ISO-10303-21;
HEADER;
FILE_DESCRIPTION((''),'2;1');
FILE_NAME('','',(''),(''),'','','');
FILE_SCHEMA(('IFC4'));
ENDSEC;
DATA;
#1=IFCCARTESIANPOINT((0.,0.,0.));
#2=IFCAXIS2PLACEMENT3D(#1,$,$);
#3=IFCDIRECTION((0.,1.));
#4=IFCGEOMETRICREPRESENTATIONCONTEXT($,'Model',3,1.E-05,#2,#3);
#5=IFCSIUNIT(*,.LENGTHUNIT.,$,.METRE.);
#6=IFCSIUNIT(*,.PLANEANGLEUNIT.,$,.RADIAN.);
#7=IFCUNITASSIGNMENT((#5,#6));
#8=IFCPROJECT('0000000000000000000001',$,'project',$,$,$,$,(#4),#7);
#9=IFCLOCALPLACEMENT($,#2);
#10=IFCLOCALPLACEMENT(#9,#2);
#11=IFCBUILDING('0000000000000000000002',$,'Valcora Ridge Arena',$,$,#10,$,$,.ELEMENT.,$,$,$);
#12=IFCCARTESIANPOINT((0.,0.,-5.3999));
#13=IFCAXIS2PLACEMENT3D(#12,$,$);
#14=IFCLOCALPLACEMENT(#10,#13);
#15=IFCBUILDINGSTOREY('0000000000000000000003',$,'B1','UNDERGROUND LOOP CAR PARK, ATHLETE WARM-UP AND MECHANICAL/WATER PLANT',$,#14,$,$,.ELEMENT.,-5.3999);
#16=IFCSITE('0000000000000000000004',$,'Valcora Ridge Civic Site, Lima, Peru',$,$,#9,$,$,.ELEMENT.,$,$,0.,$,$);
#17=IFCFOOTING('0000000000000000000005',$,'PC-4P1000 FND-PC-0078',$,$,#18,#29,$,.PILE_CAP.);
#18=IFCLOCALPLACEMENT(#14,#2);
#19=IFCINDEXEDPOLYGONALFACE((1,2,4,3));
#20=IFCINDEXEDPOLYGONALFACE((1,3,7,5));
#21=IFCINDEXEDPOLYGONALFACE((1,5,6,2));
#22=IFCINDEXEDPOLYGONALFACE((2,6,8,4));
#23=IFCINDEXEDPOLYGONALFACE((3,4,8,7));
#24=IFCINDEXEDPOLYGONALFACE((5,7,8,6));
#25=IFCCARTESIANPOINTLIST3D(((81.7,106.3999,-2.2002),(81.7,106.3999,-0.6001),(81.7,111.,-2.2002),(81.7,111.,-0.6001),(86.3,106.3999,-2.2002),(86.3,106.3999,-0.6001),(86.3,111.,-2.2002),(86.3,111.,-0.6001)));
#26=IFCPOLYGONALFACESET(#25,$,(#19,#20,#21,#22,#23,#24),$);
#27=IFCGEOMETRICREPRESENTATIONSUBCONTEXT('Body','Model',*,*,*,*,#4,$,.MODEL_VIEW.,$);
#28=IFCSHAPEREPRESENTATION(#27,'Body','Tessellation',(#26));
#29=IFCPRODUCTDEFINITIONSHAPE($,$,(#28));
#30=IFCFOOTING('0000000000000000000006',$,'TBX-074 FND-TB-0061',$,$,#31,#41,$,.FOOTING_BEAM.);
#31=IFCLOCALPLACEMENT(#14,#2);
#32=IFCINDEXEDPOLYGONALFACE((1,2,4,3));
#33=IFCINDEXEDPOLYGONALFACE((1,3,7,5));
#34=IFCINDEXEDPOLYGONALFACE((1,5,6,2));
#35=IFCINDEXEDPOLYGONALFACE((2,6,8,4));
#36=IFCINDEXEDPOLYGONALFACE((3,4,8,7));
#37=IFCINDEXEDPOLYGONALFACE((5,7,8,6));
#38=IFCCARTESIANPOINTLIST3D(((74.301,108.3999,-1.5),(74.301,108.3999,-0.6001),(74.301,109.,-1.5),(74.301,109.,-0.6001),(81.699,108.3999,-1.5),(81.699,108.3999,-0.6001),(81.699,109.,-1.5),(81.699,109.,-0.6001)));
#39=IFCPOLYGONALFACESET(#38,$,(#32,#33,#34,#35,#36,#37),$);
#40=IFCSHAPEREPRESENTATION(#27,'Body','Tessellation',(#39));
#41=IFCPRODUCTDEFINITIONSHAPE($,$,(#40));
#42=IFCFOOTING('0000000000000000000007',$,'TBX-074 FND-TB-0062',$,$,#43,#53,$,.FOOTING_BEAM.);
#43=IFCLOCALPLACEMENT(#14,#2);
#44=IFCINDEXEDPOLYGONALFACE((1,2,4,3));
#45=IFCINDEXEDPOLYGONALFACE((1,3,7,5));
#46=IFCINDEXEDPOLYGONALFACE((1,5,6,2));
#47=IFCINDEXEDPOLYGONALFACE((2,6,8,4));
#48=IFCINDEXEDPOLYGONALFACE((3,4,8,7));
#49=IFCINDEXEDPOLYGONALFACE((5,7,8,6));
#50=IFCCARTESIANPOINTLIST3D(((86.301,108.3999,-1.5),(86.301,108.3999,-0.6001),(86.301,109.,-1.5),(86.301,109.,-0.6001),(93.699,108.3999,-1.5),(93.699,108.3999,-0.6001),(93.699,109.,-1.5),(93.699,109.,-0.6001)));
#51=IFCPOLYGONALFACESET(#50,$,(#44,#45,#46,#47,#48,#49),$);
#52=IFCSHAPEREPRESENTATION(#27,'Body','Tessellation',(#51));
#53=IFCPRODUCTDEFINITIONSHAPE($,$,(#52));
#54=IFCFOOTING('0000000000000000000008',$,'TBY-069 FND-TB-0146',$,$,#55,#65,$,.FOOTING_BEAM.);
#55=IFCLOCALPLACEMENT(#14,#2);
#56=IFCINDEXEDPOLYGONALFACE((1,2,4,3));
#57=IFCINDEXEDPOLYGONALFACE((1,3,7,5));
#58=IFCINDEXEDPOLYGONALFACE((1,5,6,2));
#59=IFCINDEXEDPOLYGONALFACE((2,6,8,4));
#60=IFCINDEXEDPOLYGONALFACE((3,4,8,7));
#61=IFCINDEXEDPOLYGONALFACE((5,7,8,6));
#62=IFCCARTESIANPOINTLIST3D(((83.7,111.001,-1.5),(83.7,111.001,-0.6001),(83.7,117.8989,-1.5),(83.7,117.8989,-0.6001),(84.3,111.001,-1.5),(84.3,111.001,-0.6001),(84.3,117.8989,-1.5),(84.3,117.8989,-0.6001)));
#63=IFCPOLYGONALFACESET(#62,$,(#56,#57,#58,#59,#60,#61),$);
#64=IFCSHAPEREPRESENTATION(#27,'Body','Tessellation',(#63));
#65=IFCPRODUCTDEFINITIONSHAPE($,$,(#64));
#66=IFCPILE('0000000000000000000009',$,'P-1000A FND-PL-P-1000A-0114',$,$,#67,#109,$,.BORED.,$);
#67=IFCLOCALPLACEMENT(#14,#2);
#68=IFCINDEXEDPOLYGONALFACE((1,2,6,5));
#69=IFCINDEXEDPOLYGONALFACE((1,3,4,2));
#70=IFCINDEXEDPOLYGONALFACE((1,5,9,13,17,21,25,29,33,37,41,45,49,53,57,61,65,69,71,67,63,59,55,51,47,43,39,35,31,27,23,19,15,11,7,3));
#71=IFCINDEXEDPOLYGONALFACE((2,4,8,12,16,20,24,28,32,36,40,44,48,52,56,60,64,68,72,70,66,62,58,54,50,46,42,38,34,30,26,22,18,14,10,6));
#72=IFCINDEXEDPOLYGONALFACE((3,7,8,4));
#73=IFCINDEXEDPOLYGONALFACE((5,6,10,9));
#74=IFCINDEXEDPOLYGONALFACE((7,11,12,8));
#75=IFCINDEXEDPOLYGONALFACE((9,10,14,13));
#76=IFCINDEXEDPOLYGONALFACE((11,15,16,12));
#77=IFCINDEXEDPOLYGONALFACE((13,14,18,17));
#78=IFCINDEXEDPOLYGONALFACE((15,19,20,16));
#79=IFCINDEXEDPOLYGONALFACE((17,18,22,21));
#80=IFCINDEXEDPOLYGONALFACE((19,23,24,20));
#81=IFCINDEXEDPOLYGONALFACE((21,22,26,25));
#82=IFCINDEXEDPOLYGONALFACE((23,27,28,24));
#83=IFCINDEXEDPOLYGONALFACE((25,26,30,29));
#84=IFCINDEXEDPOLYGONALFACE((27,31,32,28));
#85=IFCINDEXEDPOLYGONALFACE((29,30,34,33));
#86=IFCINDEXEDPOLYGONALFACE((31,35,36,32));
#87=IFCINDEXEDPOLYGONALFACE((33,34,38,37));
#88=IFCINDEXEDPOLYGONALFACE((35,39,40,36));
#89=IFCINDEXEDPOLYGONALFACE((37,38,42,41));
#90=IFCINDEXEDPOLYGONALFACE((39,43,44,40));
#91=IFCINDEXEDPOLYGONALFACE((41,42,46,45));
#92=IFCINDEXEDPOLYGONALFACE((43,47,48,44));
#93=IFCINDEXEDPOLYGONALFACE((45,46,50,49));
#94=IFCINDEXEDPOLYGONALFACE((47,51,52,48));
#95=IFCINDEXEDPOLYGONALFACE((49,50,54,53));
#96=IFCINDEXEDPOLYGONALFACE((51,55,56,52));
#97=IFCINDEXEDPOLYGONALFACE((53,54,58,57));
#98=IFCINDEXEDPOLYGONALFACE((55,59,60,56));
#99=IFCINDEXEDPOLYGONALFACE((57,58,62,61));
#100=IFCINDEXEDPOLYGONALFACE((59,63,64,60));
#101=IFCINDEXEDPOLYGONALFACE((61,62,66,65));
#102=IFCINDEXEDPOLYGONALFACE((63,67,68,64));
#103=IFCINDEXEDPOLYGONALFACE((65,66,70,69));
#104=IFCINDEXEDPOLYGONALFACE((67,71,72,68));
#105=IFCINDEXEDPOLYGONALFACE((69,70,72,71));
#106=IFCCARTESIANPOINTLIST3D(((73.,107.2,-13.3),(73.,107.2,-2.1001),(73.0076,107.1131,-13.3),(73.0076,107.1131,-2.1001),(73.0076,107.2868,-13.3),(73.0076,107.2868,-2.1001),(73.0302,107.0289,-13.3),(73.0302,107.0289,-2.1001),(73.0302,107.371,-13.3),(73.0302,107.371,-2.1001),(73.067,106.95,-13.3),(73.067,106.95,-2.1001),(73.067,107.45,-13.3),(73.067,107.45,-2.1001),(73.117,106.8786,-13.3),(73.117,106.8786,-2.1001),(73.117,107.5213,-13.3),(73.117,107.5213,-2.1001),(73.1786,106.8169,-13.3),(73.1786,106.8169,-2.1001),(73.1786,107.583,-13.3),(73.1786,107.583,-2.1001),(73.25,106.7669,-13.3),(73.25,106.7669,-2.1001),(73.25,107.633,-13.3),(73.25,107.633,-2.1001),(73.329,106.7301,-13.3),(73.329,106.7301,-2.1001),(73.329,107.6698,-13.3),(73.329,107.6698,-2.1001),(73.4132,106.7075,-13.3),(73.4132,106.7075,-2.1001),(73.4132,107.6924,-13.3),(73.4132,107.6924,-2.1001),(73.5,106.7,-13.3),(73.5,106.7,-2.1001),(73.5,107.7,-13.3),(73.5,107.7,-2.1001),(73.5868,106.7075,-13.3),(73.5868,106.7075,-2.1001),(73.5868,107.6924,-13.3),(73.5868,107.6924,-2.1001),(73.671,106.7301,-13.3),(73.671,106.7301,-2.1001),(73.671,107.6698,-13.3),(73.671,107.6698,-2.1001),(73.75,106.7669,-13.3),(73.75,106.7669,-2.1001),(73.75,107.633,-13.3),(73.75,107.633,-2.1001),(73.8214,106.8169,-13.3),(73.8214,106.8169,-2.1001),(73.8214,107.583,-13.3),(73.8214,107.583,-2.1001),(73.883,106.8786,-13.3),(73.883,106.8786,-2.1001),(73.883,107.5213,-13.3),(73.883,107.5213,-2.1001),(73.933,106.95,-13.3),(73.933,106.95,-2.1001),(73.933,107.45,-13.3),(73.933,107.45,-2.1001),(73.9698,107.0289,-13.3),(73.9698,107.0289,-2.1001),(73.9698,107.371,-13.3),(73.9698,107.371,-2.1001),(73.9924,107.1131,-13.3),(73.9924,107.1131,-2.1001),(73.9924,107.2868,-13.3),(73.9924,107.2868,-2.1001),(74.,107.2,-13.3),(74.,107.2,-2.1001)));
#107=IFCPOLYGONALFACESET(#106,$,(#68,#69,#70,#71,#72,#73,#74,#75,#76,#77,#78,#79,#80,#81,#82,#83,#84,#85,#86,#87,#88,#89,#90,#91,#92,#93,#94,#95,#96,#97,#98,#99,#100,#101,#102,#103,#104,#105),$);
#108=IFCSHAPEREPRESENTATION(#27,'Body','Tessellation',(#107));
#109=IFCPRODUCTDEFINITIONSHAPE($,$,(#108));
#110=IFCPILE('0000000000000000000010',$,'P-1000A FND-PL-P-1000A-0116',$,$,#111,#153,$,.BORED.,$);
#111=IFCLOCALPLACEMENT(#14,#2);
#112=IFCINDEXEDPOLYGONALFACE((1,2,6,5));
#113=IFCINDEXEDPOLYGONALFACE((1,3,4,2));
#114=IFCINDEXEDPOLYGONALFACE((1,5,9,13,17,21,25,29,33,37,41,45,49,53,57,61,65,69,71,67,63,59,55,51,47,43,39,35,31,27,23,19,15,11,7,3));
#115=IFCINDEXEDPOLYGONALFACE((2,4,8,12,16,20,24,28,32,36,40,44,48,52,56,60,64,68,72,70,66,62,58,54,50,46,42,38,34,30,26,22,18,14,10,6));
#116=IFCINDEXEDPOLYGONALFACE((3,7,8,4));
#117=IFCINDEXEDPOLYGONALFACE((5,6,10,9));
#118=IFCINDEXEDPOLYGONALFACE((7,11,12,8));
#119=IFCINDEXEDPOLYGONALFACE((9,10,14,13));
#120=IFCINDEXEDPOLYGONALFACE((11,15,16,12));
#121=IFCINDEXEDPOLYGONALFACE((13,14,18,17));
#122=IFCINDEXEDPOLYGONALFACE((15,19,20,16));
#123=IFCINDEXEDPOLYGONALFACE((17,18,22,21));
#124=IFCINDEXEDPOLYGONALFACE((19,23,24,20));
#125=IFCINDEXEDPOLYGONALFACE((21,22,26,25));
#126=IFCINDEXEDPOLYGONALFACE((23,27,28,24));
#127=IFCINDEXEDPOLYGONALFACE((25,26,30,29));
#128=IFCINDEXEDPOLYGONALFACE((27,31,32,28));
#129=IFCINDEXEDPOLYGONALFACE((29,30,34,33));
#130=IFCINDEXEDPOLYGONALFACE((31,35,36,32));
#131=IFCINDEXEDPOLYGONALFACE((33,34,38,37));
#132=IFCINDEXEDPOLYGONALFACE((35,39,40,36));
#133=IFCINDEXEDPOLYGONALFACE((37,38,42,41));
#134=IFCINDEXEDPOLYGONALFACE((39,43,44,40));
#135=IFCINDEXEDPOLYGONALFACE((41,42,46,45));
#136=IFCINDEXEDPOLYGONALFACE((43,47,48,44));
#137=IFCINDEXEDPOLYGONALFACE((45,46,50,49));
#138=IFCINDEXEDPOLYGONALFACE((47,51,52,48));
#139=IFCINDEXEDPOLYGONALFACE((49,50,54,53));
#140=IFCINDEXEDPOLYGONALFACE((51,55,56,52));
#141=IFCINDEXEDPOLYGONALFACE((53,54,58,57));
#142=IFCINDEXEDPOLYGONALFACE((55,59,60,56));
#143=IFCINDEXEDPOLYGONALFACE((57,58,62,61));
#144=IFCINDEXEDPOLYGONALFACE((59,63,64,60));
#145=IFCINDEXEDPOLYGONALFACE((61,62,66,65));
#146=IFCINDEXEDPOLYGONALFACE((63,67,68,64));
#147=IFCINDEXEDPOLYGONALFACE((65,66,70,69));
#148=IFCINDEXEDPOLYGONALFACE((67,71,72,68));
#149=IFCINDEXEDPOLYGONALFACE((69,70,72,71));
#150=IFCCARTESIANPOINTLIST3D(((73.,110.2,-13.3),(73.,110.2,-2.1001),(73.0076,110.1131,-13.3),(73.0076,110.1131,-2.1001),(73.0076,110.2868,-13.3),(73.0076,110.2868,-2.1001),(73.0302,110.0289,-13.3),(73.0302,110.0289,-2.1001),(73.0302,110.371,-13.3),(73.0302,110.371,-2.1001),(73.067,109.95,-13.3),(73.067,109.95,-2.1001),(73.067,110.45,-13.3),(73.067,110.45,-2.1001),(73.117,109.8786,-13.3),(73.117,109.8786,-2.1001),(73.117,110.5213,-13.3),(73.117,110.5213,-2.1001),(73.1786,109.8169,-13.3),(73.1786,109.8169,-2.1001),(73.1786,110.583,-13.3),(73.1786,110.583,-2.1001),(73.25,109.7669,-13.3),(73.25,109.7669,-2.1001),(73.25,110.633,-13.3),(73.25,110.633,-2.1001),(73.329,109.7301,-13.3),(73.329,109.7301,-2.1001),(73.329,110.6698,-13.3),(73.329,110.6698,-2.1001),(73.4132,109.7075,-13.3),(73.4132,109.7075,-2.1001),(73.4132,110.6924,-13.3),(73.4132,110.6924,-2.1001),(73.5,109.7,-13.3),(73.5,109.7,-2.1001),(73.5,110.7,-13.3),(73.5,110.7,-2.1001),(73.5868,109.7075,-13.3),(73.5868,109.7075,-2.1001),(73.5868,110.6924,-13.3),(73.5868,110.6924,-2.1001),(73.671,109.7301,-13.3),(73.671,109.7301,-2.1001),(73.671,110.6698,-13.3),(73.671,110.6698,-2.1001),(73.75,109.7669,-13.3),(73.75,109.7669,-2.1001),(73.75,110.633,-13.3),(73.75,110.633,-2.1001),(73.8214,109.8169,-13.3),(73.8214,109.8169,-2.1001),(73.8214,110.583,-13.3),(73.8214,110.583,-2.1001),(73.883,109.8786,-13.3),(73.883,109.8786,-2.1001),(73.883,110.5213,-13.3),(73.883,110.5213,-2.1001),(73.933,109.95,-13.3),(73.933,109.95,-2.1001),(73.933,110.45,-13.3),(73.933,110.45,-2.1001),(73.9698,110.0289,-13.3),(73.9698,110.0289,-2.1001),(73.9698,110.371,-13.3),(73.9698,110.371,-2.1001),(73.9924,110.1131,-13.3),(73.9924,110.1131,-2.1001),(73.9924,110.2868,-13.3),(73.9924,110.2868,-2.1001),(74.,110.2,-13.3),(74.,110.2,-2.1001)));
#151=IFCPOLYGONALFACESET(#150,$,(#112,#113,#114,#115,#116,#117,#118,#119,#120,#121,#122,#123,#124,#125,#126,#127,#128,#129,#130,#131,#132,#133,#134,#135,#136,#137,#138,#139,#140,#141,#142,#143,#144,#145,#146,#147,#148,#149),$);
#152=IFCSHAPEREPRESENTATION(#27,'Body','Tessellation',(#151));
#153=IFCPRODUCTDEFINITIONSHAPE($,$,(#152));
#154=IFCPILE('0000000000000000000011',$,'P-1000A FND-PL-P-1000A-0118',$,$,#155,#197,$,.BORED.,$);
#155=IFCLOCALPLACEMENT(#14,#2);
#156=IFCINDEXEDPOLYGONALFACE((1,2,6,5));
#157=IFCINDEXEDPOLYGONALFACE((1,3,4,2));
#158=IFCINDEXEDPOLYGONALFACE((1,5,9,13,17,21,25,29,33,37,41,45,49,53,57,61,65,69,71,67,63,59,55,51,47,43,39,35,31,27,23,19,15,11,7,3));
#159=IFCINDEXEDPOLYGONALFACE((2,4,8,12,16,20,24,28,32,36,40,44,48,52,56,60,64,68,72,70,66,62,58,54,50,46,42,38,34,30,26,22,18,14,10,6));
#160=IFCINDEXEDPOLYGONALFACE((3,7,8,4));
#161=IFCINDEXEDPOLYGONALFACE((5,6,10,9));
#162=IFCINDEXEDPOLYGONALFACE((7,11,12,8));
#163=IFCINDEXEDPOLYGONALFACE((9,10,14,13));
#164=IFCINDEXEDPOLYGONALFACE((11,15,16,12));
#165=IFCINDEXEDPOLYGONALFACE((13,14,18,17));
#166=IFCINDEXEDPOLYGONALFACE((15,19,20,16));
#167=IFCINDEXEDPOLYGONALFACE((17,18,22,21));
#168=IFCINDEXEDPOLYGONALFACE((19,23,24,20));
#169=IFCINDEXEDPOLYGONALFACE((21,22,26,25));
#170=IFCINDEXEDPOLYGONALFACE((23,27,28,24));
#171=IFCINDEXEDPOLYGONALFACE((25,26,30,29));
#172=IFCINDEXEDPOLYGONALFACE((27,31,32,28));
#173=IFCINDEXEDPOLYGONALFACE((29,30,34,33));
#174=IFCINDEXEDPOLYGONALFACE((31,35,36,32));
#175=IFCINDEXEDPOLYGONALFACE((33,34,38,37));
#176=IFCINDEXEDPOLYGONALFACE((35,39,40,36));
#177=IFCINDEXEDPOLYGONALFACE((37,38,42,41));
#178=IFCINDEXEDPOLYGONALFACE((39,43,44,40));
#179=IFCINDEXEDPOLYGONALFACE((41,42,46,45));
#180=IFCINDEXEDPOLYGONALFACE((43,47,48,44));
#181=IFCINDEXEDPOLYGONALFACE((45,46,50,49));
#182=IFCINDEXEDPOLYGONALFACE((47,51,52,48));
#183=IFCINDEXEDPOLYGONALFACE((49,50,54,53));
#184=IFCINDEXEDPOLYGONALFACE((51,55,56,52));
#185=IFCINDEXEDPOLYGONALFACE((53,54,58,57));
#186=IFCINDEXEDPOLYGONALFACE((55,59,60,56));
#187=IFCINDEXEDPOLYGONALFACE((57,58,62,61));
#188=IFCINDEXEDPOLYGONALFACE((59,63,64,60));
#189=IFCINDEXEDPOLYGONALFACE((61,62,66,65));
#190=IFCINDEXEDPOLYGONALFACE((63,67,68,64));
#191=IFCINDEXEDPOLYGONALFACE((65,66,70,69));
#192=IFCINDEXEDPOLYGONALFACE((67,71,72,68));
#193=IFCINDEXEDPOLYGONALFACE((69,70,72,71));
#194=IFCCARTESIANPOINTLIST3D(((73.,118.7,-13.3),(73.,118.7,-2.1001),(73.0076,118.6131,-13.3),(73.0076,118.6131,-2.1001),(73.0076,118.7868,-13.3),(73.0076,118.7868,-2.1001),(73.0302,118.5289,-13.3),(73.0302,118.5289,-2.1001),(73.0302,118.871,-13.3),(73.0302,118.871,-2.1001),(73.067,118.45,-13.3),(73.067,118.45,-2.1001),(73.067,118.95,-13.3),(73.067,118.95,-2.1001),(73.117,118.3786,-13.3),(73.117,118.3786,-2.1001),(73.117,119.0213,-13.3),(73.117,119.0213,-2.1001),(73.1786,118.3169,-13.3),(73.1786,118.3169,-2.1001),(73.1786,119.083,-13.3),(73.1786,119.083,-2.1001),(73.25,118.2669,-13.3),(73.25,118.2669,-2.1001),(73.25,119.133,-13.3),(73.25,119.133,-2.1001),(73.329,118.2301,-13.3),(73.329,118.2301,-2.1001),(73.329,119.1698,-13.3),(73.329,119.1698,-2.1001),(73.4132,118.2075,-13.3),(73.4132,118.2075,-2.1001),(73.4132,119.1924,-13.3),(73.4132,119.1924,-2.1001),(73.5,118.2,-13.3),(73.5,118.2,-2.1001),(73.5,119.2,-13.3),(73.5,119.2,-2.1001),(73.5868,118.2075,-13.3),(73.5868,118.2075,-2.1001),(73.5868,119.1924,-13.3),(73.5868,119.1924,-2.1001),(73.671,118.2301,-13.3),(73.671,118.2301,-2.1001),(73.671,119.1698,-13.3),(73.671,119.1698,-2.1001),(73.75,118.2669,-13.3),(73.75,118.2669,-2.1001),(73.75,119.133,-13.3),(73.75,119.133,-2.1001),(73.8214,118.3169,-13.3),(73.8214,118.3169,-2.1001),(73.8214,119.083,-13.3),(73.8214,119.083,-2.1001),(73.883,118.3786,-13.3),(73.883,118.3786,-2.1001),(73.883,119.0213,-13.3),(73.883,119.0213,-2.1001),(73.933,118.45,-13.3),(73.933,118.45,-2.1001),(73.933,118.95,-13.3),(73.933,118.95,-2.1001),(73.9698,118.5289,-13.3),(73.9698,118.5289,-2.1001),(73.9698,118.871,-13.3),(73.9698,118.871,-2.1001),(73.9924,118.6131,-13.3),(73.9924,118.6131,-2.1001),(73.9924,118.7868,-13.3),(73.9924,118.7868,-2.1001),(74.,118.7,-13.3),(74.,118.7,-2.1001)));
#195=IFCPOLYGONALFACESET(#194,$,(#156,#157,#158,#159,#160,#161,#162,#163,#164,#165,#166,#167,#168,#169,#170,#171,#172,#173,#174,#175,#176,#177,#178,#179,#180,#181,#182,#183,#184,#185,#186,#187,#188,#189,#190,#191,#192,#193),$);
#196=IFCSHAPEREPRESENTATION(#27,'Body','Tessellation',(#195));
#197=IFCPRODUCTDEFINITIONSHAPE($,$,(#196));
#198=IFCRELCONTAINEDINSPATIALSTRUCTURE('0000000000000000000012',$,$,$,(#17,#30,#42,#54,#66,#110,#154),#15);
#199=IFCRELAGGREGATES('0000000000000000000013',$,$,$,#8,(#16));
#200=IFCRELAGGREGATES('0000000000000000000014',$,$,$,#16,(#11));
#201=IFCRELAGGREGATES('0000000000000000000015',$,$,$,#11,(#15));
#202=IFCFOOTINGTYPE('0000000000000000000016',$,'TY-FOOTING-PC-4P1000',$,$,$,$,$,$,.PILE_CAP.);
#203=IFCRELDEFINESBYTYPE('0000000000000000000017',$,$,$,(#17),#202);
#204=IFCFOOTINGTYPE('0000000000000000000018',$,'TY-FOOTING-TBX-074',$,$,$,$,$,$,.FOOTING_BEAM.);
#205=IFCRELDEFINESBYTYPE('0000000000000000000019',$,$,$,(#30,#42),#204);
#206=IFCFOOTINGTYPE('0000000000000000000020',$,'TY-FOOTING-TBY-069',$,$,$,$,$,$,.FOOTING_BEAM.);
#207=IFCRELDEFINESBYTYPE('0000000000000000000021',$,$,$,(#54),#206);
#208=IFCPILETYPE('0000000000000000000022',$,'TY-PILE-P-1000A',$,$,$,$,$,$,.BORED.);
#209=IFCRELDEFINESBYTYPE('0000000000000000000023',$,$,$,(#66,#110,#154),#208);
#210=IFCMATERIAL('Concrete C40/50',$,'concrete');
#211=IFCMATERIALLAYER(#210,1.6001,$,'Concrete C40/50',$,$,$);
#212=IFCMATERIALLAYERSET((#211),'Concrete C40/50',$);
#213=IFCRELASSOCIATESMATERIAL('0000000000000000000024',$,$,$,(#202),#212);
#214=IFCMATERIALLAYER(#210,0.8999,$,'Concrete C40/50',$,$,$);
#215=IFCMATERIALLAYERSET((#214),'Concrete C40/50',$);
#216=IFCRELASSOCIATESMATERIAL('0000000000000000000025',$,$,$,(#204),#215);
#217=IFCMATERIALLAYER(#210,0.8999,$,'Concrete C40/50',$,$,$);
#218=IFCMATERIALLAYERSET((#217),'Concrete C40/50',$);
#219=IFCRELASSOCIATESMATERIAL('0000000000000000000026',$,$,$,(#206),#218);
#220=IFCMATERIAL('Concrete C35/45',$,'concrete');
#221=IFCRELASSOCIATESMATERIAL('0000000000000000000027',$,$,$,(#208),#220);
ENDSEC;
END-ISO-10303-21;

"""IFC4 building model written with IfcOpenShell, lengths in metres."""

from ifc_helpers import new_model, si_unit, direction, frame, origin, origin_2d, place, context, subcontext, project, spatial, rectangle, circle, extrude, material, layer, layer_set, material_profile, profile_set, type_object, element, save


model = new_model("IFC4")

# Units and contexts
model_context = context("Model", 3, precision=1e-05, world=origin(), true_north=direction((0.0, 1.0)))
body_context = subcontext(model_context, "Body", "Model", "MODEL_VIEW")
ifc_project = project(units=[si_unit("LENGTHUNIT", "METRE"), si_unit("PLANEANGLEUNIT", "RADIAN")], contexts=[model_context])

# Site, building, storey
site_placement = place(None, origin())
site = spatial("IfcSite", under=ifc_project, at=site_placement, Name="Valcora Ridge Civic Site, Lima, Peru", CompositionType="ELEMENT", RefElevation=0.0)
building_placement = place(site_placement, origin())
building = spatial("IfcBuilding", under=site, at=building_placement, Name="Valcora Ridge Arena", CompositionType="ELEMENT")
storey_placement = place(building_placement, frame((0.0, 0.0, -5.3999)))
storey = spatial("IfcBuildingStorey", under=building, at=storey_placement, Name="B1", Description="UNDERGROUND LOOP CAR PARK, ATHLETE WARM-UP AND MECHANICAL/WATER PLANT", CompositionType="ELEMENT", Elevation=-5.3999)

# Footings
ifc_material_1 = material(Name="Concrete C40/50", Category="concrete")
ifc_layer_1 = layer(ifc_material_1, 1.6001, Name="Concrete C40/50")
ifc_layer_set_1 = layer_set([ifc_layer_1], Name="Concrete C40/50")
footing_type_1 = type_object("IfcFootingType", Name="TY-FOOTING-PC-4P1000", PredefinedType="PILE_CAP", material=ifc_layer_set_1)
footing_1_placement = place(storey_placement, frame((84.0, 108.7, -2.2002), z_axis=(0.0, 0.0, 1.0), x_axis=(1.0, 0.0, 0.0)))
element("IfcFooting", 1, at=footing_1_placement, inside=storey, type_object=footing_type_1, Name="PC-4P1000 FND-PC-0078", PredefinedType="PILE_CAP", context=body_context, shape_type="SweptSolid", body=[
    extrude(rectangle(XDim=4.6001, YDim=4.6001, at=origin_2d()), origin(), (0.0, 0.0, 1.0), 1.6001),
])
ifc_layer_2 = layer(ifc_material_1, 0.8999, Name="Concrete C40/50")
ifc_layer_set_2 = layer_set([ifc_layer_2], Name="Concrete C40/50")
footing_type_2 = type_object("IfcFootingType", Name="TY-FOOTING-TBX-074", PredefinedType="FOOTING_BEAM", material=ifc_layer_set_2)
for number, where, z_axis, x_axis, name in (
    (2, (78.0, 108.7, -1.5), (0.0, 0.0, 1.0), (1.0, 0.0, 0.0), "TBX-074 FND-TB-0061"),
    (3, (90.0, 108.7, -1.5), (0.0, 0.0, 1.0), (1.0, 0.0, 0.0), "TBX-074 FND-TB-0062"),
):
    element("IfcFooting", number, at=place(storey_placement, frame(where, z_axis=z_axis, x_axis=x_axis)), inside=storey, type_object=footing_type_2, Name=name, PredefinedType="FOOTING_BEAM", context=body_context, shape_type="SweptSolid", body=[
        extrude(rectangle(XDim=7.3979, YDim=0.6001, at=origin_2d()), origin(), (0.0, 0.0, 1.0), 0.8999),
    ])
ifc_layer_3 = layer(ifc_material_1, 0.8999, Name="Concrete C40/50")
ifc_layer_set_3 = layer_set([ifc_layer_3], Name="Concrete C40/50")
footing_type_3 = type_object("IfcFootingType", Name="TY-FOOTING-TBY-069", PredefinedType="FOOTING_BEAM", material=ifc_layer_set_3)
footing_2_placement = place(storey_placement, frame((84.0, 114.45, -1.5), z_axis=(0.0, 0.0, 1.0), x_axis=(1.0, 0.0, 0.0)))
element("IfcFooting", 4, at=footing_2_placement, inside=storey, type_object=footing_type_3, Name="TBY-069 FND-TB-0146", PredefinedType="FOOTING_BEAM", context=body_context, shape_type="SweptSolid", body=[
    extrude(rectangle(XDim=0.6001, YDim=6.8979, at=origin_2d()), origin(), (0.0, 0.0, 1.0), 0.8999),
])

# Piles
ifc_material_2 = material(Name="Concrete C35/45", Category="concrete")
ifc_material_profile_1 = material_profile(ifc_material_2, circle(Radius=0.5, at=origin_2d()), Name="BORED PILE D1000")
ifc_profile_set_1 = profile_set([ifc_material_profile_1], Name="Concrete C35/45")
pile_type = type_object("IfcPileType", Name="TY-PILE-P-1000A", PredefinedType="BORED", material=ifc_profile_set_1)
for number, where, z_axis, x_axis, name in (
    (5, (73.5, 107.2, -2.1001), (0.0, 0.0, -1.0), (1.0, 0.0, 0.0), "P-1000A FND-PL-P-1000A-0114"),
    (6, (73.5, 110.2, -2.1001), (0.0, 0.0, -1.0), (1.0, 0.0, 0.0), "P-1000A FND-PL-P-1000A-0116"),
    (7, (73.5, 118.7, -2.1001), (0.0, 0.0, -1.0), (1.0, 0.0, 0.0), "P-1000A FND-PL-P-1000A-0118"),
):
    element("IfcPile", number, at=place(storey_placement, frame(where, z_axis=z_axis, x_axis=x_axis)), inside=storey, type_object=pile_type, Name=name, PredefinedType="BORED", context=body_context, shape_type="SweptSolid", body=[
        extrude(circle(Radius=0.5, at=origin_2d()), origin(), (0.0, 0.0, 1.0), 11.2),
    ])

save(model, "model.ifc")
